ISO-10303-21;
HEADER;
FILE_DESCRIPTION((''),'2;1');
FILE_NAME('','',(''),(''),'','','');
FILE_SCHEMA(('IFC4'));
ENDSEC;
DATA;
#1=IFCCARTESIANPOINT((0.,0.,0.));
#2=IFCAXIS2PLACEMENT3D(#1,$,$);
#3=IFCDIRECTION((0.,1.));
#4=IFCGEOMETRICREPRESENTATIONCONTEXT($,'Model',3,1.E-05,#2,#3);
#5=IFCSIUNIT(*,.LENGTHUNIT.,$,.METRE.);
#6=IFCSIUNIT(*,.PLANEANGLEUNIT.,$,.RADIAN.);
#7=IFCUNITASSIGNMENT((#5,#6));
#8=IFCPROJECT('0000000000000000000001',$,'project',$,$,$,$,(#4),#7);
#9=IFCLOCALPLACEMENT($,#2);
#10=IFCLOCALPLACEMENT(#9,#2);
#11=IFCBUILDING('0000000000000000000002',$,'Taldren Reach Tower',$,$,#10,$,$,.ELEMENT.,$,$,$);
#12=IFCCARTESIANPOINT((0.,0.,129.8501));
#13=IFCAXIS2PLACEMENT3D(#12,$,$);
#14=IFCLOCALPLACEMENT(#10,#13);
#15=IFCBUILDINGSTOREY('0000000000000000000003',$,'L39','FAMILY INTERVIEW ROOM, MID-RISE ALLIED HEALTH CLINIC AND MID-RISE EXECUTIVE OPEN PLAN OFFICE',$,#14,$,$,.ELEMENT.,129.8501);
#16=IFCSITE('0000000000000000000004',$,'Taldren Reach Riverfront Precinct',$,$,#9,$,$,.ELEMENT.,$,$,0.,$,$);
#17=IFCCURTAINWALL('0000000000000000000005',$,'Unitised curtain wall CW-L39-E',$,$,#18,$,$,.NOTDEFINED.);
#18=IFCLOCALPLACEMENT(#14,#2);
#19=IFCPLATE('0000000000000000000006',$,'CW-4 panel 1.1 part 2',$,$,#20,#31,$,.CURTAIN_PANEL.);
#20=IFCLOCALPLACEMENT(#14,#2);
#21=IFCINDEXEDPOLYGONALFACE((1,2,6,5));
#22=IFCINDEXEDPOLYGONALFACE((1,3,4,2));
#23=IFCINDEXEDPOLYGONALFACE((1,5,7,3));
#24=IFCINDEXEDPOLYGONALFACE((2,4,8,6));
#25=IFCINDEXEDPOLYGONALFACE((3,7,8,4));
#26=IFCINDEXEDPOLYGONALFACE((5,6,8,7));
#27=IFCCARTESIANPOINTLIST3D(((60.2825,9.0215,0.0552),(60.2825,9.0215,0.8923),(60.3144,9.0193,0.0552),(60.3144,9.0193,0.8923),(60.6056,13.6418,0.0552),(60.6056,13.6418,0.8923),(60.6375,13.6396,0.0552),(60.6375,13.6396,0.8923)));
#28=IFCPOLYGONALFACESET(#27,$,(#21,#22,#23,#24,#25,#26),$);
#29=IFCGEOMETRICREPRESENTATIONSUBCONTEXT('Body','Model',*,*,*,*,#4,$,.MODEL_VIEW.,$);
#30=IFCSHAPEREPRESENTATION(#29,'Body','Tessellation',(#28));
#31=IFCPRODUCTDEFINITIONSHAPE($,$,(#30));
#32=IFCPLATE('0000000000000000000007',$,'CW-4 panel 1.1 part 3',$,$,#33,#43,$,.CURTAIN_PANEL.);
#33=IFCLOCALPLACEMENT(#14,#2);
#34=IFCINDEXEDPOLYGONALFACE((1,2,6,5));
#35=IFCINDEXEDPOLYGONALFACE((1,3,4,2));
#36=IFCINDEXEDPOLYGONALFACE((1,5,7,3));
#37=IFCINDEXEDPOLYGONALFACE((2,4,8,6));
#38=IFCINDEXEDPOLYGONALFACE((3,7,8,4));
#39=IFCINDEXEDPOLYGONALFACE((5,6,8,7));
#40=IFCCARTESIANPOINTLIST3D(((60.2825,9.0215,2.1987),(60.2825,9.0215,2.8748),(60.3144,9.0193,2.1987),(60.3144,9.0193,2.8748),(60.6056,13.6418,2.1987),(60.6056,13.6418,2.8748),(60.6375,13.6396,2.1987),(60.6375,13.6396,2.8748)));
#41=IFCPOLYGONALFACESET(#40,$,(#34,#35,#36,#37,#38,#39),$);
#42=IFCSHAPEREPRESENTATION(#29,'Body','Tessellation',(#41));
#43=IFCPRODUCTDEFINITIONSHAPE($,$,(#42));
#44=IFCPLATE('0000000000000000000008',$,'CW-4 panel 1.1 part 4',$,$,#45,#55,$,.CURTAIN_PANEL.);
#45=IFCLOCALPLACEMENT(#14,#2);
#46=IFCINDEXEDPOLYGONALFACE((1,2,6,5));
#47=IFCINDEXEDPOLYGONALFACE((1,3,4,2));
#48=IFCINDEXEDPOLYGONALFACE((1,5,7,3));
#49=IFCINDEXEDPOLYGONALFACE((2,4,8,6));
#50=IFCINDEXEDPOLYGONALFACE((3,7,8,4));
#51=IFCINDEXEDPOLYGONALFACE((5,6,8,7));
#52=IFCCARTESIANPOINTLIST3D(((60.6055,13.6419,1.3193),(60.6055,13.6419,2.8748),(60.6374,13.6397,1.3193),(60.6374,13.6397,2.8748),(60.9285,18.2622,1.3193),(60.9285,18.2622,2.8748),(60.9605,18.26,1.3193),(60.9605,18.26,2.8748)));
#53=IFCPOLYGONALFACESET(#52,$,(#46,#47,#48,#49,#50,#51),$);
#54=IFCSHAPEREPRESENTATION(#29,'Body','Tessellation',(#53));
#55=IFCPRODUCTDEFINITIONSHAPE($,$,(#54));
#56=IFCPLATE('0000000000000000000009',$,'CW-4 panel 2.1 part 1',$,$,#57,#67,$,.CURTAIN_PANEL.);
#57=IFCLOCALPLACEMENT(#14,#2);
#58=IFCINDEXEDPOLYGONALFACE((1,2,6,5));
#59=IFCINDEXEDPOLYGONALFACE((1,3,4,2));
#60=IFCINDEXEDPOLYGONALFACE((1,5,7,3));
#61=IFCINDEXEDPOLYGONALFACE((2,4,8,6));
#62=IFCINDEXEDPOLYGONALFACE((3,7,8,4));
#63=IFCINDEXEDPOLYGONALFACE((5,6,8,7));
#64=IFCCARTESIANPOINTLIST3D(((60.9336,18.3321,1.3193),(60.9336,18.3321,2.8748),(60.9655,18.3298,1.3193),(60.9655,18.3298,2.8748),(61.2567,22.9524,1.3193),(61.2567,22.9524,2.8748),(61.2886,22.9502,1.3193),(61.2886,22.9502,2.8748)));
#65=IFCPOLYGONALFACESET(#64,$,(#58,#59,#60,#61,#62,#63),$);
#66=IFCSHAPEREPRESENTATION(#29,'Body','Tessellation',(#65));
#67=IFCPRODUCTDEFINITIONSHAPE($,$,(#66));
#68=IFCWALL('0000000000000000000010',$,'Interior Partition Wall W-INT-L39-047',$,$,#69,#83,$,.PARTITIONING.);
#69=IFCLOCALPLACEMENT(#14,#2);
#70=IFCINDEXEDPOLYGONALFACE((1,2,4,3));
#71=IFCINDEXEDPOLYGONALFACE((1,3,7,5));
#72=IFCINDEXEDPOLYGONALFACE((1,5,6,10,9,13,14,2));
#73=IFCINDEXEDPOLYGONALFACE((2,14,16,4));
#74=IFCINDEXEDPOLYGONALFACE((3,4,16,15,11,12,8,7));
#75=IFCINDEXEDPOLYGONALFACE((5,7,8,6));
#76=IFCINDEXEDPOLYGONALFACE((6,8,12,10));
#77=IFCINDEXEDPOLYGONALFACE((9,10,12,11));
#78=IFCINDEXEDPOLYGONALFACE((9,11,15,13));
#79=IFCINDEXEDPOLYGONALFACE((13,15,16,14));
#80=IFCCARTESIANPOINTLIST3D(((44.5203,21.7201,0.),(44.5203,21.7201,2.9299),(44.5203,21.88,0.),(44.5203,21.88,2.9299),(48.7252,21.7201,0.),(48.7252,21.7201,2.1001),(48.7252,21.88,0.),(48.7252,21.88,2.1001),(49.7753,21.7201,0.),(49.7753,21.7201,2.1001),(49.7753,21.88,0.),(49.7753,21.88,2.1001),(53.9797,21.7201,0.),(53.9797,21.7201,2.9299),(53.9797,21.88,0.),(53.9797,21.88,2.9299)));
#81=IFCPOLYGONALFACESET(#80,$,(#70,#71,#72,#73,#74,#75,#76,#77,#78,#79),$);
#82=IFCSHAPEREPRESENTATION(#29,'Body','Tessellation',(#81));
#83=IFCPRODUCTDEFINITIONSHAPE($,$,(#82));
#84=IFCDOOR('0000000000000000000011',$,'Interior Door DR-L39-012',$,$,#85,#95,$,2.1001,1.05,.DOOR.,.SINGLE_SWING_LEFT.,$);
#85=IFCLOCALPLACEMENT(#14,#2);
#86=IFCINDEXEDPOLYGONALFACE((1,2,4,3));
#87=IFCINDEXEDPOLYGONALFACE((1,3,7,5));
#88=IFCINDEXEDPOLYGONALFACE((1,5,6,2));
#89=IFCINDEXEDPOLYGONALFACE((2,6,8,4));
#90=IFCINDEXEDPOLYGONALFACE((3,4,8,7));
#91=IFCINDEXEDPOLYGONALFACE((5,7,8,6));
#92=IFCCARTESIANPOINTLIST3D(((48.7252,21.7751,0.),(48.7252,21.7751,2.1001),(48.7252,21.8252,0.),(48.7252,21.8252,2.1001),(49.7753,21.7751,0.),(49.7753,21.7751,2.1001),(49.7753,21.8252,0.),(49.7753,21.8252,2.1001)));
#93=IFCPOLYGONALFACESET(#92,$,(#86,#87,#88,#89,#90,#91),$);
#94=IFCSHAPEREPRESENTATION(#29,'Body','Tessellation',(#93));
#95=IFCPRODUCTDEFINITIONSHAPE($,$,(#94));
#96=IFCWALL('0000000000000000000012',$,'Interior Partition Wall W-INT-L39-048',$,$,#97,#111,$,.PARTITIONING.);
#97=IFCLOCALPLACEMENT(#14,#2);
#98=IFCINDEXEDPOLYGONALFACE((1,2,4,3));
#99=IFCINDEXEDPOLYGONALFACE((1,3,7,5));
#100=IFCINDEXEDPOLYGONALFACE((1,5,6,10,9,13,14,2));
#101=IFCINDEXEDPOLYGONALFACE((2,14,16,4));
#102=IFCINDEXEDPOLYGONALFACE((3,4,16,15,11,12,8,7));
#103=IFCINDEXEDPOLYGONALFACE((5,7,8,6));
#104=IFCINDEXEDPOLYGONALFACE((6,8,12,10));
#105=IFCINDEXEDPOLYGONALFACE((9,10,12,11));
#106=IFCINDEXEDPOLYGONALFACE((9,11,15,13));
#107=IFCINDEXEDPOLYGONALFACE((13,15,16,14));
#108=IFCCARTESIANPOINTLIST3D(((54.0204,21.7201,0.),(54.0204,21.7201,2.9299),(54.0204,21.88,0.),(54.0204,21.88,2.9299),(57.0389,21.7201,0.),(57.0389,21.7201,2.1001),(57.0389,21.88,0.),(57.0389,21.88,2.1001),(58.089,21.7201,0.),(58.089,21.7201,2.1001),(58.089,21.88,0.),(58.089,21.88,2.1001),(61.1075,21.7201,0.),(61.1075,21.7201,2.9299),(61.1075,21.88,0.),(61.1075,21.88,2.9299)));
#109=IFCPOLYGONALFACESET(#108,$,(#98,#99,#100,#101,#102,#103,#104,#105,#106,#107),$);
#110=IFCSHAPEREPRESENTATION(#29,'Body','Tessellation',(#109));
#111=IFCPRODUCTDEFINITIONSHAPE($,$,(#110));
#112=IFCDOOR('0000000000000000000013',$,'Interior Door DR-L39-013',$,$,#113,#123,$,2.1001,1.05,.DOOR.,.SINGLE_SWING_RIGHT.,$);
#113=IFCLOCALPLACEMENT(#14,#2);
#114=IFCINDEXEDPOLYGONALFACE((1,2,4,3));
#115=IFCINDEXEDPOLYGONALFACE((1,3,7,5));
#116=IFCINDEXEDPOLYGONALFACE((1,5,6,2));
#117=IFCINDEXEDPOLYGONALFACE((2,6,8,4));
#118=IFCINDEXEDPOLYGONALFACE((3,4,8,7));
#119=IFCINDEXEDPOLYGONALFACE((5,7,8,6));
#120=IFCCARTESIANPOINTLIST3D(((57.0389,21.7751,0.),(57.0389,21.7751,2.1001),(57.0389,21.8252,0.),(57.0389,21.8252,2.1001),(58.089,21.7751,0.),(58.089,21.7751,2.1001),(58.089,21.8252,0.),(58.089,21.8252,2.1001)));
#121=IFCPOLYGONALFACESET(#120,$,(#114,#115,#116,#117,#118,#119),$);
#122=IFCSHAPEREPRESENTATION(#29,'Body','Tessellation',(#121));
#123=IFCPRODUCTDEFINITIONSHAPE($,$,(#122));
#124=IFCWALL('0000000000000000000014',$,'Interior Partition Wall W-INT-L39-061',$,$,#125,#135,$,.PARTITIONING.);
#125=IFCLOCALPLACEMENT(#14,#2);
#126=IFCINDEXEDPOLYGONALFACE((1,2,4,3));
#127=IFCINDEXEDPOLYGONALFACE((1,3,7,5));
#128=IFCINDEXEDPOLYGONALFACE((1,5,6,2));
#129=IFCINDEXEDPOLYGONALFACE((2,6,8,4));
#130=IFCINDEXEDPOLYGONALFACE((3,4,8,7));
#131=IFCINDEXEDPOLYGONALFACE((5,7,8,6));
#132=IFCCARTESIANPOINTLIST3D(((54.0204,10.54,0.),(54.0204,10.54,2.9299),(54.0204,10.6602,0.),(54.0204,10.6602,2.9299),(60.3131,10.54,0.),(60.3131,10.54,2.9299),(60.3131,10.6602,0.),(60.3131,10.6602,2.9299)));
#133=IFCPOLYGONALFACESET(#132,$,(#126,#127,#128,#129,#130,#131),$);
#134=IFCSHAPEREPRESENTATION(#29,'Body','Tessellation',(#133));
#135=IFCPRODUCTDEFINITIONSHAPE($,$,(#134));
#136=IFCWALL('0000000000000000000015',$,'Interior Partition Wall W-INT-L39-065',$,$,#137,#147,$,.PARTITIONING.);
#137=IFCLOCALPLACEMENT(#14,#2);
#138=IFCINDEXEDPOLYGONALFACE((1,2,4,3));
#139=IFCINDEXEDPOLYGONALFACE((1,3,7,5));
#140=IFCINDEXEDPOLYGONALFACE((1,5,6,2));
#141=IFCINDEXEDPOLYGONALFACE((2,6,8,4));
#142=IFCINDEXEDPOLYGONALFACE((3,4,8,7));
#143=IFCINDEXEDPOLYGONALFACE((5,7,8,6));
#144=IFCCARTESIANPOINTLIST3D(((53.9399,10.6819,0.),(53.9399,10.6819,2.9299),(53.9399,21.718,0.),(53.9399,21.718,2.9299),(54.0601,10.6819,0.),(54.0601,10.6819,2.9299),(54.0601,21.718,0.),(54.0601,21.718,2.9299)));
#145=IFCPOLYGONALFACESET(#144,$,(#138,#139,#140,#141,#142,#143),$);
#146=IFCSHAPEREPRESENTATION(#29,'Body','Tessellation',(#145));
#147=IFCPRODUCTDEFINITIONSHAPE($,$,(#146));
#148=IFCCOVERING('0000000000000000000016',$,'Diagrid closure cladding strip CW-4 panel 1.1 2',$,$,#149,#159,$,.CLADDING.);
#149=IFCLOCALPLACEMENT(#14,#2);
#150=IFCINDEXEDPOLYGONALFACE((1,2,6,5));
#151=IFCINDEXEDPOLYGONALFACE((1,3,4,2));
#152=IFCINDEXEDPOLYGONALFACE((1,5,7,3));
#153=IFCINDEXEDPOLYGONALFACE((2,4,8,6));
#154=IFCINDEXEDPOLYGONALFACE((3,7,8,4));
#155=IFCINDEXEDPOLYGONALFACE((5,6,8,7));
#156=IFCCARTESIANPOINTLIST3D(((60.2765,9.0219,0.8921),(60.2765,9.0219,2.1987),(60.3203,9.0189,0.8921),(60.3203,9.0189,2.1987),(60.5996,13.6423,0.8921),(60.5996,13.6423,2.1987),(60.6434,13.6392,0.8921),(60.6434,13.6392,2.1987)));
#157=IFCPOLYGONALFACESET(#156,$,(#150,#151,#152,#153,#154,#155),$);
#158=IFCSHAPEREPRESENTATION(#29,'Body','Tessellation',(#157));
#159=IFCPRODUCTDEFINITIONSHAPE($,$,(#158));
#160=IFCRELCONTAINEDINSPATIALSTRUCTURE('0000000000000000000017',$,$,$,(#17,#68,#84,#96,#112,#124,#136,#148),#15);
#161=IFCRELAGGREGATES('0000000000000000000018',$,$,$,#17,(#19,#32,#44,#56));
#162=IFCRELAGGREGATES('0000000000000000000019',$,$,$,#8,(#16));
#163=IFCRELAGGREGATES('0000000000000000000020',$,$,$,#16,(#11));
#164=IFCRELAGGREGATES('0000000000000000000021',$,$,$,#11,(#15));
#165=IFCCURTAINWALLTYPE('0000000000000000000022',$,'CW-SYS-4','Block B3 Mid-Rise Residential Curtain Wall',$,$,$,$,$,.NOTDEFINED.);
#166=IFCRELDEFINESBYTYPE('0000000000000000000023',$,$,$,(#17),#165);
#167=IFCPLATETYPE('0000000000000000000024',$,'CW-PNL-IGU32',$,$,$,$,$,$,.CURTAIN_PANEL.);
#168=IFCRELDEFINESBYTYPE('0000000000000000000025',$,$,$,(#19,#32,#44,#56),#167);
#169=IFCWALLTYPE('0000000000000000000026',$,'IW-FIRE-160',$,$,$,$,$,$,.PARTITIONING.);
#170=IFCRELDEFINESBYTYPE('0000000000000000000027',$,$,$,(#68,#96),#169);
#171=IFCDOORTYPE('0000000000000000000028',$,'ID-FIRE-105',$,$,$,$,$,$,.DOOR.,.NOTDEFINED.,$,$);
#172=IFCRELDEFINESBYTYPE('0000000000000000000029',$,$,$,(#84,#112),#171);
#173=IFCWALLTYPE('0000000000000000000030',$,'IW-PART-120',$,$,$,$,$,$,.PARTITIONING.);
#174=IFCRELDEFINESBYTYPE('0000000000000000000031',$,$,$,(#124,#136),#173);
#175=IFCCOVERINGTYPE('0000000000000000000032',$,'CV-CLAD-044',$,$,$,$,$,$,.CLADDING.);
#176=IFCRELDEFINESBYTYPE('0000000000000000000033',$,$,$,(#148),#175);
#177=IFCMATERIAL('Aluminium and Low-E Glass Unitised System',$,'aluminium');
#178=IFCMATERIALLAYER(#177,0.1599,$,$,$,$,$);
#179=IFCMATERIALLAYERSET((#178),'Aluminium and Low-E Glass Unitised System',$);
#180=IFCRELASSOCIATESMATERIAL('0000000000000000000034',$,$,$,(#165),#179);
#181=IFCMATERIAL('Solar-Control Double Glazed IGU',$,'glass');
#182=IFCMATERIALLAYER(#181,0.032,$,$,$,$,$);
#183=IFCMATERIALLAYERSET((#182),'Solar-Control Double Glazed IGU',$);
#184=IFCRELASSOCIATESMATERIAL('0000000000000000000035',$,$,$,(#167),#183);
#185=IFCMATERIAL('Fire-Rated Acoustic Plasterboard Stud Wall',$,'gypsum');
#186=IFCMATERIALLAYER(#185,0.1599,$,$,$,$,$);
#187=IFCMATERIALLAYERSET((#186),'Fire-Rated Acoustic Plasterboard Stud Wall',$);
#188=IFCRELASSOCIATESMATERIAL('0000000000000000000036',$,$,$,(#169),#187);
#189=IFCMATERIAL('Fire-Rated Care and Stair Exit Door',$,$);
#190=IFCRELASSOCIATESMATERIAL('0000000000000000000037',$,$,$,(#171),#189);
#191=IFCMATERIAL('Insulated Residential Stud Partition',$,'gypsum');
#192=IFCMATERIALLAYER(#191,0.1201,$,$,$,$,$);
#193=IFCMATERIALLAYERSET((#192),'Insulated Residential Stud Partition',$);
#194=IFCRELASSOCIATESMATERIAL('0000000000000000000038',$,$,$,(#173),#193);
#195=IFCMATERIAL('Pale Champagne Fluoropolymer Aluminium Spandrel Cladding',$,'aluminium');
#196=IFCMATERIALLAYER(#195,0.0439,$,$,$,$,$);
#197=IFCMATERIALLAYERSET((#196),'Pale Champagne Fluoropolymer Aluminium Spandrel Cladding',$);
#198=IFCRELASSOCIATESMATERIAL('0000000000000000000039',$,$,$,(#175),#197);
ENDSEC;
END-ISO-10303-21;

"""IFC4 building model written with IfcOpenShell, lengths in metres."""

from ifc_helpers import new_model, si_unit, direction, frame, frame_2d, origin, origin_2d, place, context, subcontext, project, spatial, rectangle, extrude, source, transform, mapped, material, layer, layer_set, type_object, element, fill, aggregate, save


model = new_model("IFC4")

# Units and contexts
model_context = context("Model", 3, precision=1e-05, world=origin(), true_north=direction((0.0, 1.0)))
body_context = subcontext(model_context, "Body", "Model", "MODEL_VIEW")
ifc_project = project(units=[si_unit("LENGTHUNIT", "METRE"), si_unit("PLANEANGLEUNIT", "RADIAN")], contexts=[model_context])

# Site, building, storey
site_placement = place(None, origin())
site = spatial("IfcSite", under=ifc_project, at=site_placement, Name="Taldren Reach Riverfront Precinct", CompositionType="ELEMENT", RefElevation=0.0)
building_placement = place(site_placement, origin())
building = spatial("IfcBuilding", under=site, at=building_placement, Name="Taldren Reach Tower", CompositionType="ELEMENT")
storey_placement = place(building_placement, frame((0.0, 0.0, 129.8501)))
storey = spatial("IfcBuildingStorey", under=building, at=storey_placement, Name="L39", Description="FAMILY INTERVIEW ROOM, MID-RISE ALLIED HEALTH CLINIC AND MID-RISE EXECUTIVE OPEN PLAN OFFICE", CompositionType="ELEMENT", Elevation=129.8501)

# Curtain wall
ifc_material_1 = material(Name="Aluminium and Low-E Glass Unitised System", Category="aluminium")
ifc_layer_1 = layer(ifc_material_1, 0.1599)
ifc_layer_set_1 = layer_set([ifc_layer_1], Name="Aluminium and Low-E Glass Unitised System")
curtain_wall_type = type_object("IfcCurtainWallType", Name="CW-SYS-4", Description="Block B3 Mid-Rise Residential Curtain Wall", PredefinedType="NOTDEFINED", material=ifc_layer_set_1)
curtain_wall_placement = place(storey_placement, origin())
curtain_wall = element("IfcCurtainWall", 1, at=curtain_wall_placement, inside=storey, type_object=curtain_wall_type, Name="Unitised curtain wall CW-L39-E", PredefinedType="NOTDEFINED")

# Plates
ifc_material_2 = material(Name="Solar-Control Double Glazed IGU", Category="glass")
ifc_layer_2 = layer(ifc_material_2, 0.032)
ifc_layer_set_2 = layer_set([ifc_layer_2], Name="Solar-Control Double Glazed IGU")
plate_type_1 = type_object("IfcPlateType", Name="CW-PNL-IGU32", PredefinedType="CURTAIN_PANEL", material=ifc_layer_set_2)
shared_shape_1 = source(origin(), body_context, "Body", "SweptSolid", [
    extrude(rectangle(XDim=4.6316, YDim=0.032, at=origin_2d()), origin(), (0.0, 0.0, 1.0), 0.8372),
])
plate_1_placement = place(storey_placement, frame((60.46, 11.3306, 0.0552), z_axis=(0.0, 0.0, 1.0), x_axis=(0.069756, 0.997564, 0.0)))
plate_1 = element("IfcPlate", 2, at=plate_1_placement, type_object=plate_type_1, Name="CW-4 panel 1.1 part 2", PredefinedType="CURTAIN_PANEL", context=body_context, shape_type="MappedRepresentation", body=[
    mapped(shared_shape_1, transform((0.0, 0.0, 0.0), scale=1.0)),
])
shared_shape_2 = source(origin(), body_context, "Body", "SweptSolid", [
    extrude(rectangle(XDim=4.6316, YDim=0.032, at=origin_2d()), origin(), (0.0, 0.0, 1.0), 0.676),
])
plate_2_placement = place(storey_placement, frame((60.46, 11.3306, 2.1987), z_axis=(0.0, 0.0, 1.0), x_axis=(0.069756, 0.997564, 0.0)))
plate_2 = element("IfcPlate", 3, at=plate_2_placement, type_object=plate_type_1, Name="CW-4 panel 1.1 part 3", PredefinedType="CURTAIN_PANEL", context=body_context, shape_type="MappedRepresentation", body=[
    mapped(shared_shape_2, transform((0.0, 0.0, 0.0), scale=1.0)),
])
shared_shape_3 = source(origin(), body_context, "Body", "SweptSolid", [
    extrude(rectangle(XDim=4.6316, YDim=0.032, at=origin_2d()), origin(), (0.0, 0.0, 1.0), 1.5554),
])
plate_3_placement = place(storey_placement, frame((60.783, 15.9509, 1.3193), z_axis=(0.0, 0.0, 1.0), x_axis=(0.069756, 0.997564, 0.0)))
plate_3 = element("IfcPlate", 4, at=plate_3_placement, type_object=plate_type_1, Name="CW-4 panel 1.1 part 4", PredefinedType="CURTAIN_PANEL", context=body_context, shape_type="MappedRepresentation", body=[
    mapped(shared_shape_3, transform((0.0, 0.0, 0.0), scale=1.0)),
])
plate_4_placement = place(storey_placement, frame((61.1111, 20.6411, 1.3193), z_axis=(0.0, 0.0, 1.0), x_axis=(0.069756, 0.997564, 0.0)))
plate_4 = element("IfcPlate", 5, at=plate_4_placement, type_object=plate_type_1, Name="CW-4 panel 2.1 part 1", PredefinedType="CURTAIN_PANEL", context=body_context, shape_type="MappedRepresentation", body=[
    mapped(shared_shape_3, transform((0.0, 0.0, 0.0), scale=1.0)),
])
aggregate(curtain_wall, [plate_1, plate_2, plate_3, plate_4])

# Walls, openings, doors
ifc_material_3 = material(Name="Fire-Rated Acoustic Plasterboard Stud Wall", Category="gypsum")
ifc_layer_3 = layer(ifc_material_3, 0.1599)
ifc_layer_set_3 = layer_set([ifc_layer_3], Name="Fire-Rated Acoustic Plasterboard Stud Wall")
wall_type_1 = type_object("IfcWallType", Name="IW-FIRE-160", PredefinedType="PARTITIONING", material=ifc_layer_set_3)
shared_shape_4 = source(origin(), body_context, "Body", "SweptSolid", [
    extrude(rectangle(XDim=9.4595, YDim=0.1599, at=frame_2d((4.7297, 0.0))), origin(), (0.0, 0.0, 1.0), 2.9299),
])
wall_1_placement = place(storey_placement, frame((53.9797, 21.8, 0.0), z_axis=(0.0, 0.0, 1.0), x_axis=(-1.0, 0.0, 0.0)))
wall_1 = element("IfcWall", 6, at=wall_1_placement, inside=storey, type_object=wall_type_1, Name="Interior Partition Wall W-INT-L39-047", PredefinedType="PARTITIONING", context=body_context, shape_type="MappedRepresentation", body=[
    mapped(shared_shape_4, transform((0.0, 0.0, 0.0), scale=1.0)),
])
shared_shape_5 = source(origin(), body_context, "Body", "SweptSolid", [
    extrude(rectangle(XDim=1.05, YDim=2.1001, at=frame_2d((0.5249, 1.05))), frame((0.0, 0.0898, 0.0), z_axis=(0.0, -1.0, 0.0), x_axis=(1.0, 0.0, 0.0)), (0.0, 0.0, 1.0), 0.1799),
])
opening_1_placement = place(wall_1_placement, frame((4.2046, 0.0, 0.0)))
opening_1 = element("IfcOpeningElement", 7, at=opening_1_placement, cuts=wall_1, PredefinedType="OPENING", context=body_context, shape_type="MappedRepresentation", body=[
    mapped(shared_shape_5, transform((0.0, 0.0, 0.0), scale=1.0)),
])
ifc_material_4 = material(Name="Fire-Rated Care and Stair Exit Door")
door_type = type_object("IfcDoorType", Name="ID-FIRE-105", OperationType="NOTDEFINED", PredefinedType="DOOR", material=ifc_material_4)
shared_shape_6 = source(origin(), body_context, "Body", "SweptSolid", [
    extrude(rectangle(XDim=1.05, YDim=2.1001, at=frame_2d((0.5249, 1.05))), frame((0.0, 0.0249, 0.0), z_axis=(0.0, -1.0, 0.0), x_axis=(1.0, 0.0, 0.0)), (0.0, 0.0, 1.0), 0.05),
])
door_1_placement = place(opening_1_placement, origin())
door_1 = element("IfcDoor", 8, at=door_1_placement, inside=storey, type_object=door_type, Name="Interior Door DR-L39-012", OperationType="SINGLE_SWING_LEFT", OverallHeight=2.1001, OverallWidth=1.05, PredefinedType="DOOR", context=body_context, shape_type="MappedRepresentation", body=[
    mapped(shared_shape_6, transform((0.0, 0.0, 0.0), scale=1.0)),
])
fill(opening_1, door_1)
shared_shape_7 = source(origin(), body_context, "Body", "SweptSolid", [
    extrude(rectangle(XDim=7.0872, YDim=0.1599, at=frame_2d((3.5435, 0.0))), origin(), (0.0, 0.0, 1.0), 2.9299),
])
wall_2_placement = place(storey_placement, frame((61.1074, 21.8, 0.0), z_axis=(0.0, 0.0, 1.0), x_axis=(-1.0, 0.0, 0.0)))
wall_2 = element("IfcWall", 9, at=wall_2_placement, inside=storey, type_object=wall_type_1, Name="Interior Partition Wall W-INT-L39-048", PredefinedType="PARTITIONING", context=body_context, shape_type="MappedRepresentation", body=[
    mapped(shared_shape_7, transform((0.0, 0.0, 0.0), scale=1.0)),
])
opening_2_placement = place(wall_2_placement, frame((3.0186, 0.0, 0.0)))
opening_2 = element("IfcOpeningElement", 10, at=opening_2_placement, cuts=wall_2, PredefinedType="OPENING", context=body_context, shape_type="MappedRepresentation", body=[
    mapped(shared_shape_5, transform((0.0, 0.0, 0.0), scale=1.0)),
])
door_2_placement = place(opening_2_placement, origin())
door_2 = element("IfcDoor", 11, at=door_2_placement, inside=storey, type_object=door_type, Name="Interior Door DR-L39-013", OperationType="SINGLE_SWING_RIGHT", OverallHeight=2.1001, OverallWidth=1.05, PredefinedType="DOOR", context=body_context, shape_type="MappedRepresentation", body=[
    mapped(shared_shape_6, transform((0.0, 0.0, 0.0), scale=1.0)),
])
fill(opening_2, door_2)

# Walls
ifc_material_5 = material(Name="Insulated Residential Stud Partition", Category="gypsum")
ifc_layer_4 = layer(ifc_material_5, 0.1201)
ifc_layer_set_4 = layer_set([ifc_layer_4], Name="Insulated Residential Stud Partition")
wall_type_2 = type_object("IfcWallType", Name="IW-PART-120", PredefinedType="PARTITIONING", material=ifc_layer_set_4)
shared_shape_8 = source(origin(), body_context, "Body", "SweptSolid", [
    extrude(rectangle(XDim=6.2927, YDim=0.1201, at=frame_2d((3.1465, 0.0))), origin(), (0.0, 0.0, 1.0), 2.9299),
])
wall_3_placement = place(storey_placement, frame((54.0203, 10.6001, 0.0), z_axis=(0.0, 0.0, 1.0), x_axis=(1.0, 0.0, 0.0)))
element("IfcWall", 12, at=wall_3_placement, inside=storey, type_object=wall_type_2, Name="Interior Partition Wall W-INT-L39-061", PredefinedType="PARTITIONING", context=body_context, shape_type="MappedRepresentation", body=[
    mapped(shared_shape_8, transform((0.0, 0.0, 0.0), scale=1.0)),
])
shared_shape_9 = source(origin(), body_context, "Body", "SweptSolid", [
    extrude(rectangle(XDim=11.0361, YDim=0.1201, at=frame_2d((5.5181, 0.0))), origin(), (0.0, 0.0, 1.0), 2.9299),
])
wall_4_placement = place(storey_placement, frame((54.0, 21.718, 0.0), z_axis=(0.0, 0.0, 1.0), x_axis=(0.0, -1.0, 0.0)))
element("IfcWall", 13, at=wall_4_placement, inside=storey, type_object=wall_type_2, Name="Interior Partition Wall W-INT-L39-065", PredefinedType="PARTITIONING", context=body_context, shape_type="MappedRepresentation", body=[
    mapped(shared_shape_9, transform((0.0, 0.0, 0.0), scale=1.0)),
])

# Covering
ifc_material_6 = material(Name="Pale Champagne Fluoropolymer Aluminium Spandrel Cladding", Category="aluminium")
ifc_layer_5 = layer(ifc_material_6, 0.0439)
ifc_layer_set_5 = layer_set([ifc_layer_5], Name="Pale Champagne Fluoropolymer Aluminium Spandrel Cladding")
covering_type = type_object("IfcCoveringType", Name="CV-CLAD-044", PredefinedType="CLADDING", material=ifc_layer_set_5)
shared_shape_10 = source(origin(), body_context, "Body", "SweptSolid", [
    extrude(rectangle(XDim=4.6316, YDim=0.0439, at=origin_2d()), origin(), (0.0, 0.0, 1.0), 1.3066),
])
covering_placement = place(storey_placement, frame((60.46, 11.3306, 0.8921), z_axis=(0.0, 0.0, 1.0), x_axis=(0.069756, 0.997564, 0.0)))
element("IfcCovering", 14, at=covering_placement, inside=storey, type_object=covering_type, Name="Diagrid closure cladding strip CW-4 panel 1.1 2", PredefinedType="CLADDING", context=body_context, shape_type="MappedRepresentation", body=[
    mapped(shared_shape_10, transform((0.0, 0.0, 0.0), scale=1.0)),
])

save(model, "model.ifc")
